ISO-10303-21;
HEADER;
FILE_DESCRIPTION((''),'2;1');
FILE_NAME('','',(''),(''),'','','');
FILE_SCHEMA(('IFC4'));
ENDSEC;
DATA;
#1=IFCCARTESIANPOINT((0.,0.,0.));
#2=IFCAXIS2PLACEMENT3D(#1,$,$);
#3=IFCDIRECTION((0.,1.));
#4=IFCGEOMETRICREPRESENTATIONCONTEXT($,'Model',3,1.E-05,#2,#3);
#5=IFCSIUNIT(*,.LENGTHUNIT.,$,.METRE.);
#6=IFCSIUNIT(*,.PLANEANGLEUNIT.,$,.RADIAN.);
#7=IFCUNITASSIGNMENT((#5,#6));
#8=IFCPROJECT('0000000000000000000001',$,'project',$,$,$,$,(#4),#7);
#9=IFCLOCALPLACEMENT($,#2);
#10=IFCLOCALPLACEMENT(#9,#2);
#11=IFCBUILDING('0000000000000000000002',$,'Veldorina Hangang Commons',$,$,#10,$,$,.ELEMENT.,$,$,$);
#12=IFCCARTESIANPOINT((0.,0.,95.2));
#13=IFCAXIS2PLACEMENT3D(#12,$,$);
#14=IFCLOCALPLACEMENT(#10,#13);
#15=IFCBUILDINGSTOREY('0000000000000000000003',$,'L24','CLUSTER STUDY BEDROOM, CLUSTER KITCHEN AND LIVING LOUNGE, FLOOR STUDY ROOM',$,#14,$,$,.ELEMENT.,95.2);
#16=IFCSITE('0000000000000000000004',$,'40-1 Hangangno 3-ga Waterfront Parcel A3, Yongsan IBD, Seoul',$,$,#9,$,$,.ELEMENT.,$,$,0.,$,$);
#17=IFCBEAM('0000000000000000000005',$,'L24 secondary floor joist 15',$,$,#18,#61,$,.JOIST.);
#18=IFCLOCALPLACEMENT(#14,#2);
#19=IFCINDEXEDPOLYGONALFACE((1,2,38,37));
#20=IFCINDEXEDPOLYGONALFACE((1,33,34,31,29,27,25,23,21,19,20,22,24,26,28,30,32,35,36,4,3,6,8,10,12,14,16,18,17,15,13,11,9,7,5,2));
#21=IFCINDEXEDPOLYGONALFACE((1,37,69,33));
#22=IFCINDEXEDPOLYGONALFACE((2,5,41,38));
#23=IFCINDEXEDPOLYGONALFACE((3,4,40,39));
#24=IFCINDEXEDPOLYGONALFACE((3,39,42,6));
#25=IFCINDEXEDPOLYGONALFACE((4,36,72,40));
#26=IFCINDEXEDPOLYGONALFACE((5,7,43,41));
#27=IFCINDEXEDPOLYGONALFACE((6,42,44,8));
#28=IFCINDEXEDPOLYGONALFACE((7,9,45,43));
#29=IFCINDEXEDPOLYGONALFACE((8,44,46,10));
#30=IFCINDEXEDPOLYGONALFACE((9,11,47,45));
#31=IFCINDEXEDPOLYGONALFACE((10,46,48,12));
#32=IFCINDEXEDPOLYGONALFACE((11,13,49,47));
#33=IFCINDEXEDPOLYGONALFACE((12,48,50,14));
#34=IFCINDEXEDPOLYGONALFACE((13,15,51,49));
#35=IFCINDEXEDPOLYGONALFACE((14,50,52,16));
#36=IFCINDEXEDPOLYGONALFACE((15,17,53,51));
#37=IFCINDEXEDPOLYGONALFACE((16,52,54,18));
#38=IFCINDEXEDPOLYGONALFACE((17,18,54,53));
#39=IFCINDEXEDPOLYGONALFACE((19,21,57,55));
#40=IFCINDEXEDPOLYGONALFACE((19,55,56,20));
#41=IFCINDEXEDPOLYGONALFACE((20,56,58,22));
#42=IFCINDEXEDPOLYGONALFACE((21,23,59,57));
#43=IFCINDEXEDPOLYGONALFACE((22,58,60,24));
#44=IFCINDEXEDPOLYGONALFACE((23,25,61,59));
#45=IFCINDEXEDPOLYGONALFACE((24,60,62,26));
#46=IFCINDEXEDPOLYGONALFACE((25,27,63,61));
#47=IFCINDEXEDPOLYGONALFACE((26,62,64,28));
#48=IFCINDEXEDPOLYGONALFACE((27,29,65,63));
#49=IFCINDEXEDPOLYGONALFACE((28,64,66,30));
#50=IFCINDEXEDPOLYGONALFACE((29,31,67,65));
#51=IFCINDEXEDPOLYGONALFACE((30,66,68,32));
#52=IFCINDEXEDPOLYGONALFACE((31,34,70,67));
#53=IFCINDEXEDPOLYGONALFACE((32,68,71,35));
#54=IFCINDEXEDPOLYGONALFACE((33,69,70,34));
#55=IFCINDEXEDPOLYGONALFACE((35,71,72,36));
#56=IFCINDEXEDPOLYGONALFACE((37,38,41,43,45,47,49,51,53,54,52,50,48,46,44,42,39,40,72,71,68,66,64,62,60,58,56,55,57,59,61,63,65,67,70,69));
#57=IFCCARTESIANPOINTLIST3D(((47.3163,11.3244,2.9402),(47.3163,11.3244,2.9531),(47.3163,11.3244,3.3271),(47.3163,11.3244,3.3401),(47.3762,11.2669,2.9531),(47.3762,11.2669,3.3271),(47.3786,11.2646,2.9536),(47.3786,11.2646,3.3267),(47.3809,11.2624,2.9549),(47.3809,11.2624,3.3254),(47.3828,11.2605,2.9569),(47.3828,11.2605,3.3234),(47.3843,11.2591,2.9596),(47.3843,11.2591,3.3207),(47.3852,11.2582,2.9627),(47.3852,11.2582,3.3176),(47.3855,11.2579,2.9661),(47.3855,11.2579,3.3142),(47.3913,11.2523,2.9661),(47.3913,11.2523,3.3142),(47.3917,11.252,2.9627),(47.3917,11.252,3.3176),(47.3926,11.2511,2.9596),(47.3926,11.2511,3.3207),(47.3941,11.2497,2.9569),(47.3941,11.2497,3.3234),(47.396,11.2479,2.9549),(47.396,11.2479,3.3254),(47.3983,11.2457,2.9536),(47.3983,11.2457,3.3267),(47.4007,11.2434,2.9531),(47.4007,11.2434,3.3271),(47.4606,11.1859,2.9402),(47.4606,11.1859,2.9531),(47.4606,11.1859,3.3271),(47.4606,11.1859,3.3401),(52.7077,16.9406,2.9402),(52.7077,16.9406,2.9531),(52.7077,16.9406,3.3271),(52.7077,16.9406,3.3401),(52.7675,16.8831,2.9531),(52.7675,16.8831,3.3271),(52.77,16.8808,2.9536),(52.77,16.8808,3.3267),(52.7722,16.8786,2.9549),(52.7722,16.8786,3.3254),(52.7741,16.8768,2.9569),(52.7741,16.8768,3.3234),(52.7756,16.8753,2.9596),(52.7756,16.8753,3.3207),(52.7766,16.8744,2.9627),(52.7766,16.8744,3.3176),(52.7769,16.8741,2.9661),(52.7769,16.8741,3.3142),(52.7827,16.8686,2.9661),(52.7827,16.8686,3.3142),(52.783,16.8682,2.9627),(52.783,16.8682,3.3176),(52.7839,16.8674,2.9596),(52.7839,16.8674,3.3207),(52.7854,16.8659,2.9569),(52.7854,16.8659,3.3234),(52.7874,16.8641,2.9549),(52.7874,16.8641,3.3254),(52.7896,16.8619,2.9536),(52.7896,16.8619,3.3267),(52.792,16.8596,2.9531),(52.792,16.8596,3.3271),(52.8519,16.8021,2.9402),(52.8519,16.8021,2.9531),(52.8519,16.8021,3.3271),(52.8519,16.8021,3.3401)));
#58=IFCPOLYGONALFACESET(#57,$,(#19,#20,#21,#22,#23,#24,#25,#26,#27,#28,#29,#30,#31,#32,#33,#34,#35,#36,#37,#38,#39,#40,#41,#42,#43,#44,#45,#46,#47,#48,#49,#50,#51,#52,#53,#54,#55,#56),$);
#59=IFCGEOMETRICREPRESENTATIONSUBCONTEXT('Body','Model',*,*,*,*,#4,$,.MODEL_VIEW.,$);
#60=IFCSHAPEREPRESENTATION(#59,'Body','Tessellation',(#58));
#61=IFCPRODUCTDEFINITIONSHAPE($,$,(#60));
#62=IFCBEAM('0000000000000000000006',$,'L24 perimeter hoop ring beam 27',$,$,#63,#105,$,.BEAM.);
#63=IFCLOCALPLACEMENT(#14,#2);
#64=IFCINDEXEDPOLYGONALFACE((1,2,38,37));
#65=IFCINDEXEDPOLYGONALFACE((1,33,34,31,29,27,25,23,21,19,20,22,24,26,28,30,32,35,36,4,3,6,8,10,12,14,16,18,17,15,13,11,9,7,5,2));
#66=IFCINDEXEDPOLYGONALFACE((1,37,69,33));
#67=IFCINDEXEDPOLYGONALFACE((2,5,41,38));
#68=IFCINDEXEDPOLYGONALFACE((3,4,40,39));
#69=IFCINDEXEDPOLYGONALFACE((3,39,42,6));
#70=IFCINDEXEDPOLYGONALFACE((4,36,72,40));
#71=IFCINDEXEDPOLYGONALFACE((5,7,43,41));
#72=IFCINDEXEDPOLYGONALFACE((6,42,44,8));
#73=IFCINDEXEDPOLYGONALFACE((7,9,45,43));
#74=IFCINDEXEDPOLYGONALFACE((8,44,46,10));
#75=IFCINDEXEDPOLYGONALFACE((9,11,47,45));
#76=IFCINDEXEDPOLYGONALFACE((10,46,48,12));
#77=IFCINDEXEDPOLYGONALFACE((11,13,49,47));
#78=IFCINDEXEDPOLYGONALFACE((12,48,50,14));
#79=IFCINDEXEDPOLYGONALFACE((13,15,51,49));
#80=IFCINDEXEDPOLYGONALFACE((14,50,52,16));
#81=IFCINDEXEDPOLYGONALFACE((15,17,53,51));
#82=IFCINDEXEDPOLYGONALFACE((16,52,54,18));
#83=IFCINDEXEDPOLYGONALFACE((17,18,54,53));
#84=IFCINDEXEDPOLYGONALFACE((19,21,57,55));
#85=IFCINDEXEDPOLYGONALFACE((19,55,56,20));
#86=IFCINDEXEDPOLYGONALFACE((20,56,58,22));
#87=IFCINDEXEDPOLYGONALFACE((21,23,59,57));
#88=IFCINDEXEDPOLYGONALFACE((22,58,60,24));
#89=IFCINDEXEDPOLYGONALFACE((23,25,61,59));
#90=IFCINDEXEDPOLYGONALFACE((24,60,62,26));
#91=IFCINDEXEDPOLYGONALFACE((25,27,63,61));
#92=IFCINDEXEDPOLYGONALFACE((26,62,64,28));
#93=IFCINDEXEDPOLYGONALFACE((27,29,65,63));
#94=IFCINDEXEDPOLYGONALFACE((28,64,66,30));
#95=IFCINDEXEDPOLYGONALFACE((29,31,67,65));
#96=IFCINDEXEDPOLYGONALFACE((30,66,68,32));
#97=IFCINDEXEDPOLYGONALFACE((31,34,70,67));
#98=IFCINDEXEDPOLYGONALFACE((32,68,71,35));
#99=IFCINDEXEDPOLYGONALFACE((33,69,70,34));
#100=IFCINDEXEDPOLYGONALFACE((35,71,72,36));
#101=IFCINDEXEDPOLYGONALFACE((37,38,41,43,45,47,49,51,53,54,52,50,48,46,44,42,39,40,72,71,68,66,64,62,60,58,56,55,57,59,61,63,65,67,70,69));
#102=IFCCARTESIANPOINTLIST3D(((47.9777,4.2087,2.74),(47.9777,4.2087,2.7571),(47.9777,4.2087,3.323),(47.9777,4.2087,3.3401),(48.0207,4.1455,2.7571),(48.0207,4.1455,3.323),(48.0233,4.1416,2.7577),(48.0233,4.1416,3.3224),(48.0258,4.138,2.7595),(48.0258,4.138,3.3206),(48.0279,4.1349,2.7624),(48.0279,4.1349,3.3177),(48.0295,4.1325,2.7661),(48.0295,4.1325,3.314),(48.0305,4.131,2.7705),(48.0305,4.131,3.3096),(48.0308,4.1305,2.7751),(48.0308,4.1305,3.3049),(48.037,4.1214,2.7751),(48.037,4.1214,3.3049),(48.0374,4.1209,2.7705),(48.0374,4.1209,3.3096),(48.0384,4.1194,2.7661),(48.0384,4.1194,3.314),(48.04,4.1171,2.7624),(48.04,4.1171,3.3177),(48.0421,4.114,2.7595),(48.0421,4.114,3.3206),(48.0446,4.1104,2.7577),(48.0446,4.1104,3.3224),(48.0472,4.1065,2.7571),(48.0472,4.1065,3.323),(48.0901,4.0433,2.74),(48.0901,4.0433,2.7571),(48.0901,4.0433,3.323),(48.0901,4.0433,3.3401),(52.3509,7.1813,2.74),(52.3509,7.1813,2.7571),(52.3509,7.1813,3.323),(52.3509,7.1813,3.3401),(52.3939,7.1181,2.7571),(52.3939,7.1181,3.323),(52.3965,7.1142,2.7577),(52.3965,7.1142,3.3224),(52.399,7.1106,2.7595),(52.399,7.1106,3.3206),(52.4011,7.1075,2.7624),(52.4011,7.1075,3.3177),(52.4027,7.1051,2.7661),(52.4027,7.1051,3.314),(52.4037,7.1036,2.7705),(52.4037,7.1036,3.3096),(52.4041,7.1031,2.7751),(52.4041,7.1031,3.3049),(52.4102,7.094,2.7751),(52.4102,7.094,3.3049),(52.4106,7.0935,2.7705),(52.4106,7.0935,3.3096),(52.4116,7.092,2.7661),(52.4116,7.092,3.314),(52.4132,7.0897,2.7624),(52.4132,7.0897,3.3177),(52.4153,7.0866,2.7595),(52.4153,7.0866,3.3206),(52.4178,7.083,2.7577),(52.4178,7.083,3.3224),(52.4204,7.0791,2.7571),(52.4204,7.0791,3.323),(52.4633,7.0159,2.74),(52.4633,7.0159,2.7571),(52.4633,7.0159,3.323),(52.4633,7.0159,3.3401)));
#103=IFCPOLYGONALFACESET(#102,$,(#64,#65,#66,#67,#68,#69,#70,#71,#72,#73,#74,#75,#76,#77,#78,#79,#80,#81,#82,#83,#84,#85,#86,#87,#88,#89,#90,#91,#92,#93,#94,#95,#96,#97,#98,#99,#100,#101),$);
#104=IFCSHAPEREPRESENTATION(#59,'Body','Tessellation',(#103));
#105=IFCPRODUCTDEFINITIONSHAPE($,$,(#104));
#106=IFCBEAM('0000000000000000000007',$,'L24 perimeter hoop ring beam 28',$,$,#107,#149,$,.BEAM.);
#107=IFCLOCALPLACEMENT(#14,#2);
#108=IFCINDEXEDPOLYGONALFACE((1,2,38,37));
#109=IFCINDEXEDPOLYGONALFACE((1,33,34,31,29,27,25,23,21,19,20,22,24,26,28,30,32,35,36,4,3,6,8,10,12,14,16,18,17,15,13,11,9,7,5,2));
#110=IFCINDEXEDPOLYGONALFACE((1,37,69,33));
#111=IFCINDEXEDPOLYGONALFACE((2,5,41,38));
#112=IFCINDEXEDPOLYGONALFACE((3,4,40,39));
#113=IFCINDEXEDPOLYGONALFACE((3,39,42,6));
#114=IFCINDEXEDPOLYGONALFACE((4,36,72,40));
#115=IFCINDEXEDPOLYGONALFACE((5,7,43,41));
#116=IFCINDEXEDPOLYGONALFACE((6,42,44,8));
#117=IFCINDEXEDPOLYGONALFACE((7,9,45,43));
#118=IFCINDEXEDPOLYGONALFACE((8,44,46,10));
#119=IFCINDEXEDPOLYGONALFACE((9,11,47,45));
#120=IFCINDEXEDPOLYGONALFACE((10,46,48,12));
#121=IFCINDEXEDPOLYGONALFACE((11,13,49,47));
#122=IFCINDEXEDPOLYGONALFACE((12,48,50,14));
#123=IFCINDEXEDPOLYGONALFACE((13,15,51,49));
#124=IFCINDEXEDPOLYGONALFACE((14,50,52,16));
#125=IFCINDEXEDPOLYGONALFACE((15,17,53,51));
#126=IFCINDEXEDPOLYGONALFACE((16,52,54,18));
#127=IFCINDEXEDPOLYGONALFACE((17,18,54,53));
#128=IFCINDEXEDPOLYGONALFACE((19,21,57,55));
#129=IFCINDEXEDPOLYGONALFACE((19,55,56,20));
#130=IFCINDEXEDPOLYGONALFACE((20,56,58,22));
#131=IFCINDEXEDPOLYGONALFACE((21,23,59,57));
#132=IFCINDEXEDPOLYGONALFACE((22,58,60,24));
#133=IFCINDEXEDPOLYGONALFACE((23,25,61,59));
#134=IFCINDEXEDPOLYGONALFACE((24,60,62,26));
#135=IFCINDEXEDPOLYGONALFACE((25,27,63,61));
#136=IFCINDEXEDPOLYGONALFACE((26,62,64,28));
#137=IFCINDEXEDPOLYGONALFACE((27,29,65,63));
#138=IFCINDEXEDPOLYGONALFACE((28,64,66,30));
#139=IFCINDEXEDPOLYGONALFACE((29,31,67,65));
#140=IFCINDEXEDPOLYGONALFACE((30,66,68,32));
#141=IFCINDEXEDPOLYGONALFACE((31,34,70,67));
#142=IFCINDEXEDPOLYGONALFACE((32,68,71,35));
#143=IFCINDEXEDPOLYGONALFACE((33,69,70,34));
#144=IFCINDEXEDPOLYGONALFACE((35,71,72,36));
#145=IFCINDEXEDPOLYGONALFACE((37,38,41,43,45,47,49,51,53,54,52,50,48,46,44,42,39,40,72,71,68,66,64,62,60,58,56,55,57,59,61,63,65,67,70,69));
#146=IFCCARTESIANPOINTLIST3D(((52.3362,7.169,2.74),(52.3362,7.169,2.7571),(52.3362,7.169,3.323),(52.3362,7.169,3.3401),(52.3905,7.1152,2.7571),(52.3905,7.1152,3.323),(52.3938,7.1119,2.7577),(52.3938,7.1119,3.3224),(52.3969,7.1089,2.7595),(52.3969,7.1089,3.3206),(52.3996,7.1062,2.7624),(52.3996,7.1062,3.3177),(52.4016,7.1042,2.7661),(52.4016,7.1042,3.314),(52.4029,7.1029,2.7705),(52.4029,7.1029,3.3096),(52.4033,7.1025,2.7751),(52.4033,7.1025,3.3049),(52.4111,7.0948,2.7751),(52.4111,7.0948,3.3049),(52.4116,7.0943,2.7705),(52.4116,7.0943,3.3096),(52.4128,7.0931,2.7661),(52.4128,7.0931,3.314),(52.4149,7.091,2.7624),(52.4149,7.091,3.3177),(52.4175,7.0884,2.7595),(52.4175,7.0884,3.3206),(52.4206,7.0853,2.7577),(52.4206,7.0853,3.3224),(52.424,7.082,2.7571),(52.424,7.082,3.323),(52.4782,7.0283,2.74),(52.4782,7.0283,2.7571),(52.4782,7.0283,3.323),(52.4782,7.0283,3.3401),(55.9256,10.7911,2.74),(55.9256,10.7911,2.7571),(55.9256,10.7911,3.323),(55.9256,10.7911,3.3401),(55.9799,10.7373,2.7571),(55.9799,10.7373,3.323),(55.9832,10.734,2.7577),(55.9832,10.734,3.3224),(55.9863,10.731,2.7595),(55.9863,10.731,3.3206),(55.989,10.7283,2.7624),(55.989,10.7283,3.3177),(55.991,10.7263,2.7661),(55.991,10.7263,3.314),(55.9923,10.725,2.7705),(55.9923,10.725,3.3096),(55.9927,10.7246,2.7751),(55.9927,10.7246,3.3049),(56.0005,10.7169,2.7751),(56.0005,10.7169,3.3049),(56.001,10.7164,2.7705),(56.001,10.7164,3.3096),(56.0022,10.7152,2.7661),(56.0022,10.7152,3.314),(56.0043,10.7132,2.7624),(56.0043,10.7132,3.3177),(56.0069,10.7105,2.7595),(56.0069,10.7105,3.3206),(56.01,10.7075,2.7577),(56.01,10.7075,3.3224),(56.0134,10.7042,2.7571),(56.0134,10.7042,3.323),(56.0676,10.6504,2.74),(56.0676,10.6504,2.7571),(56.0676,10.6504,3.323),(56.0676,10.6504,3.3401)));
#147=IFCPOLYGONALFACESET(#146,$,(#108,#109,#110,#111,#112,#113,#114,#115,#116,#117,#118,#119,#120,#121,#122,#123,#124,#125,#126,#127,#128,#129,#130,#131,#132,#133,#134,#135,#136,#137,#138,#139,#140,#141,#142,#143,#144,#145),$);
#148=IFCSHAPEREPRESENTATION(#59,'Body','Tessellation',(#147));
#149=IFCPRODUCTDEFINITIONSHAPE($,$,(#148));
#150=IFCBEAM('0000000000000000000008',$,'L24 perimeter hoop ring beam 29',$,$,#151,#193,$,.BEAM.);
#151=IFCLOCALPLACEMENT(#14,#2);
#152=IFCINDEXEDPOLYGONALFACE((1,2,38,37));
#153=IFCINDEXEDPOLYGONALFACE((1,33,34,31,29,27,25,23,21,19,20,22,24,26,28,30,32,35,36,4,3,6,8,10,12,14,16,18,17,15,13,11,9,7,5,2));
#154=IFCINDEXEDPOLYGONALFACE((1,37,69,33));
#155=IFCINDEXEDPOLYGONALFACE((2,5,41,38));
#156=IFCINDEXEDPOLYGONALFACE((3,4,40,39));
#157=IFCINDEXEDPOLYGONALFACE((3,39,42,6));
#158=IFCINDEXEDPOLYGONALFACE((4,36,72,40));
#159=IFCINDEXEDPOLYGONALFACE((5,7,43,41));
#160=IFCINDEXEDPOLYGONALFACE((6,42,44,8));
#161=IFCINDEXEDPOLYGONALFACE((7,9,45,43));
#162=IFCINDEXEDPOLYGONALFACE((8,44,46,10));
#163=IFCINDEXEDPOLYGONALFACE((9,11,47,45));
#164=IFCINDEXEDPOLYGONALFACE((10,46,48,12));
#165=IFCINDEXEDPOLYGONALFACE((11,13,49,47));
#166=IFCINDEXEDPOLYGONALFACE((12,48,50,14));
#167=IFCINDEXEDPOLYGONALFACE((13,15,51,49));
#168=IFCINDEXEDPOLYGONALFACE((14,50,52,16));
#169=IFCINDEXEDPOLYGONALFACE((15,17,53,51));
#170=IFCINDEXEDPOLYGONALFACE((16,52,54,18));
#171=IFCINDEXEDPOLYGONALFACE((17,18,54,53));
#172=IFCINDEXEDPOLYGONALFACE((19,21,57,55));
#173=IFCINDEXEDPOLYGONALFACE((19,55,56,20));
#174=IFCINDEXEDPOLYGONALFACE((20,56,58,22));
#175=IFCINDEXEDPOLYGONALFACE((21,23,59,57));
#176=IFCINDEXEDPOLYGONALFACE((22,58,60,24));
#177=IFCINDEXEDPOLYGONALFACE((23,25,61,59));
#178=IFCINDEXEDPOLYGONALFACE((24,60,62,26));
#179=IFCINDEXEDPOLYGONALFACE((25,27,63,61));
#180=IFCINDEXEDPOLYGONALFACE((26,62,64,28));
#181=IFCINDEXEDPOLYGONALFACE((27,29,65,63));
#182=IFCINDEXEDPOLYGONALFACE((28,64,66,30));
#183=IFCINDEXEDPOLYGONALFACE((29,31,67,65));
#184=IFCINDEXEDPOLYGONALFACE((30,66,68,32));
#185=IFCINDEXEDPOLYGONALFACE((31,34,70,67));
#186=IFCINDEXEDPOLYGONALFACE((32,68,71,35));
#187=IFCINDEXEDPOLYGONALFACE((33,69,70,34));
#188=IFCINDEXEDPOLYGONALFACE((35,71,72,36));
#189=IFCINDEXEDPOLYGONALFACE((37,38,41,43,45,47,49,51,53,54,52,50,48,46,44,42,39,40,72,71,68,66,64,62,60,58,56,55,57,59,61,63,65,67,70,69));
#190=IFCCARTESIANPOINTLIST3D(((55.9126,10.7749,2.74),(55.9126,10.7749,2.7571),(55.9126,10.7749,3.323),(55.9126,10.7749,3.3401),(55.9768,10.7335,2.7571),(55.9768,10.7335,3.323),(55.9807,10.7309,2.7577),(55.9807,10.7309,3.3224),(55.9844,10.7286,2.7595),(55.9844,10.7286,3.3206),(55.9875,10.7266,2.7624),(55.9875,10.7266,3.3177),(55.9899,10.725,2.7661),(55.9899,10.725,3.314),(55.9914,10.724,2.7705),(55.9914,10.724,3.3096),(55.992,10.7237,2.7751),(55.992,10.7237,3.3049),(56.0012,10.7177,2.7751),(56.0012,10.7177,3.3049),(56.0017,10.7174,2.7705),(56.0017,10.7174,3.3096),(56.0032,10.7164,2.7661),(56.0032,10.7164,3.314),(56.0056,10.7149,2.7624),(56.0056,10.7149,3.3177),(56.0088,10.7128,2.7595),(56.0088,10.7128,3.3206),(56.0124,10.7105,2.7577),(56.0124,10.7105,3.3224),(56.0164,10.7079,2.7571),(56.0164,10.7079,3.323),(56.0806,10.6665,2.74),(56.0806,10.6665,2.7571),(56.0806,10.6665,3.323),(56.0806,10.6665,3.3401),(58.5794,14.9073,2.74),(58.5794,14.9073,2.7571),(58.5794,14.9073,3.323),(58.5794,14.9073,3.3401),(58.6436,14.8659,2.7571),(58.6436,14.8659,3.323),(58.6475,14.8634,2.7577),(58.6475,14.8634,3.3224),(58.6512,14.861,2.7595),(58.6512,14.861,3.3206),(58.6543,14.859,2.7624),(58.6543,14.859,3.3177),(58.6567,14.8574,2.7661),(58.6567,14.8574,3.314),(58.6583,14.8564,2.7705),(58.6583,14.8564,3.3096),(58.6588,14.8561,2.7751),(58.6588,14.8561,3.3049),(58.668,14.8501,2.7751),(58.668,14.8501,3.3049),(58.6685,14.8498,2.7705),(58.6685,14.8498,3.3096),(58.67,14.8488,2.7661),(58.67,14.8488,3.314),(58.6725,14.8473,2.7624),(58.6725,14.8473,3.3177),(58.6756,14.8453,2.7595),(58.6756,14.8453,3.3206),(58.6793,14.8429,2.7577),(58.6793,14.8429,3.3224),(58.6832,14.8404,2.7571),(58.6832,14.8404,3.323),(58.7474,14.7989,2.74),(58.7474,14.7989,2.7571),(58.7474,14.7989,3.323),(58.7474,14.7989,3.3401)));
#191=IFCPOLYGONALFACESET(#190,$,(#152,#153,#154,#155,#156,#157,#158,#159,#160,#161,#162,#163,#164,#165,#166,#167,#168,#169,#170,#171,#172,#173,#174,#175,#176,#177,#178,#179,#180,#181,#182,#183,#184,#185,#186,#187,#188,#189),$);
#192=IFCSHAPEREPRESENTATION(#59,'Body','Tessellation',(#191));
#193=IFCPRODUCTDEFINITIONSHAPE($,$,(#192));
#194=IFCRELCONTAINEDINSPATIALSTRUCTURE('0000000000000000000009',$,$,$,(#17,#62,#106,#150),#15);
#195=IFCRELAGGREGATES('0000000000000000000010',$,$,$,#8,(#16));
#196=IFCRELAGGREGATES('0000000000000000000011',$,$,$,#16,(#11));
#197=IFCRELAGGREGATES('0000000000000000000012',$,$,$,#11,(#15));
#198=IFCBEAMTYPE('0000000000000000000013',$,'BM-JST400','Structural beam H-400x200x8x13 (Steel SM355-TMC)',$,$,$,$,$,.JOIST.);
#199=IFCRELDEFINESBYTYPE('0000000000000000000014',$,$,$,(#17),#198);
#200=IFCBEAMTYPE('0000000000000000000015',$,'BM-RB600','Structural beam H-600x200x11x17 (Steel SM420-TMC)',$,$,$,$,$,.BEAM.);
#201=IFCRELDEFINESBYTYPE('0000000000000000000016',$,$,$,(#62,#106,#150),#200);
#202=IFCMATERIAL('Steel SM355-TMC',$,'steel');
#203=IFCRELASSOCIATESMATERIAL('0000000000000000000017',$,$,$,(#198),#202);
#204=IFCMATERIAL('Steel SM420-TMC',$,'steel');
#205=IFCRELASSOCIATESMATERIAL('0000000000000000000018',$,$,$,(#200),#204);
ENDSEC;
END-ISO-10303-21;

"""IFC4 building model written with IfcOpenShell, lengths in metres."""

from ifc_helpers import new_model, si_unit, direction, frame, origin, origin_2d, place, context, subcontext, project, spatial, i_section, extrude, material, material_profile, profile_set, type_object, element, save


model = new_model("IFC4")

# Units and contexts
model_context = context("Model", 3, precision=1e-05, world=origin(), true_north=direction((0.0, 1.0)))
body_context = subcontext(model_context, "Body", "Model", "MODEL_VIEW")
ifc_project = project(units=[si_unit("LENGTHUNIT", "METRE"), si_unit("PLANEANGLEUNIT", "RADIAN")], contexts=[model_context])

# Site, building, storey
site_placement = place(None, origin())
site = spatial("IfcSite", under=ifc_project, at=site_placement, Name="40-1 Hangangno 3-ga Waterfront Parcel A3, Yongsan IBD, Seoul", CompositionType="ELEMENT", RefElevation=0.0)
building_placement = place(site_placement, origin())
building = spatial("IfcBuilding", under=site, at=building_placement, Name="Veldorina Hangang Commons", CompositionType="ELEMENT")
storey_placement = place(building_placement, frame((0.0, 0.0, 95.2)))
storey = spatial("IfcBuildingStorey", under=building, at=storey_placement, Name="L24", Description="CLUSTER STUDY BEDROOM, CLUSTER KITCHEN AND LIVING LOUNGE, FLOOR STUDY ROOM", CompositionType="ELEMENT", Elevation=95.2)

# Beams
ifc_material_1 = material(Name="Steel SM355-TMC", Category="steel")
ifc_material_profile_1 = material_profile(ifc_material_1, i_section(OverallWidth=0.2, OverallDepth=0.3999, WebThickness=0.0081, FlangeThickness=0.0129, FilletRadius=0.0129, at=origin_2d()), Name="H-400x200x8x13")
ifc_profile_set_1 = profile_set([ifc_material_profile_1], Name="Steel SM355-TMC")
beam_type_1 = type_object("IfcBeamType", Name="BM-JST400", Description="Structural beam H-400x200x8x13 (Steel SM355-TMC)", PredefinedType="JOIST", material=ifc_profile_set_1)
beam_1_placement = place(storey_placement, frame((47.3884, 11.2551, 3.1401), z_axis=(0.692518, 0.7214, 0.0), x_axis=(-0.7214, 0.692518, 0.0)))
element("IfcBeam", 1, at=beam_1_placement, inside=storey, type_object=beam_type_1, Name="L24 secondary floor joist 15", PredefinedType="JOIST", context=body_context, shape_type="SweptSolid", body=[
    extrude(i_section(OverallWidth=0.2, OverallDepth=0.3999, WebThickness=0.0081, FlangeThickness=0.0129, FilletRadius=0.0129, at=origin_2d()), origin(), (0.0, 0.0, 1.0), 7.7852),
])
ifc_material_2 = material(Name="Steel SM420-TMC", Category="steel")
ifc_material_profile_2 = material_profile(ifc_material_2, i_section(OverallWidth=0.2, OverallDepth=0.6001, WebThickness=0.011, FlangeThickness=0.0171, FilletRadius=0.0181, at=origin_2d()), Name="H-600x200x11x17")
ifc_profile_set_2 = profile_set([ifc_material_profile_2], Name="Steel SM420-TMC")
beam_type_2 = type_object("IfcBeamType", Name="BM-RB600", Description="Structural beam H-600x200x11x17 (Steel SM420-TMC)", PredefinedType="BEAM", material=ifc_profile_set_2)
beam_2_placement = place(storey_placement, frame((48.0339, 4.126, 3.04), z_axis=(0.82703, 0.562157, 0.0), x_axis=(-0.562157, 0.82703, 0.0)))
element("IfcBeam", 2, at=beam_2_placement, inside=storey, type_object=beam_type_2, Name="L24 perimeter hoop ring beam 27", PredefinedType="BEAM", context=body_context, shape_type="SweptSolid", body=[
    extrude(i_section(OverallWidth=0.2, OverallDepth=0.6001, WebThickness=0.011, FlangeThickness=0.0171, FilletRadius=0.0181, at=origin_2d()), origin(), (0.0, 0.0, 1.0), 5.2878),
])
beam_3_placement = place(storey_placement, frame((52.4072, 7.0986, 3.04), z_axis=(0.703892, 0.710307, 0.0), x_axis=(-0.710307, 0.703892, 0.0)))
element("IfcBeam", 3, at=beam_3_placement, inside=storey, type_object=beam_type_2, Name="L24 perimeter hoop ring beam 28", PredefinedType="BEAM", context=body_context, shape_type="SweptSolid", body=[
    extrude(i_section(OverallWidth=0.2, OverallDepth=0.6001, WebThickness=0.011, FlangeThickness=0.0171, FilletRadius=0.0181, at=origin_2d()), origin(), (0.0, 0.0, 1.0), 5.0994),
])
beam_4_placement = place(storey_placement, frame((55.9966, 10.7207, 3.04), z_axis=(0.542232, 0.840229, 0.0), x_axis=(-0.840229, 0.542232, 0.0)))
element("IfcBeam", 4, at=beam_4_placement, inside=storey, type_object=beam_type_2, Name="L24 perimeter hoop ring beam 29", PredefinedType="BEAM", context=body_context, shape_type="SweptSolid", body=[
    extrude(i_section(OverallWidth=0.2, OverallDepth=0.6001, WebThickness=0.011, FlangeThickness=0.0171, FilletRadius=0.0181, at=origin_2d()), origin(), (0.0, 0.0, 1.0), 4.9182),
])

save(model, "model.ifc")
